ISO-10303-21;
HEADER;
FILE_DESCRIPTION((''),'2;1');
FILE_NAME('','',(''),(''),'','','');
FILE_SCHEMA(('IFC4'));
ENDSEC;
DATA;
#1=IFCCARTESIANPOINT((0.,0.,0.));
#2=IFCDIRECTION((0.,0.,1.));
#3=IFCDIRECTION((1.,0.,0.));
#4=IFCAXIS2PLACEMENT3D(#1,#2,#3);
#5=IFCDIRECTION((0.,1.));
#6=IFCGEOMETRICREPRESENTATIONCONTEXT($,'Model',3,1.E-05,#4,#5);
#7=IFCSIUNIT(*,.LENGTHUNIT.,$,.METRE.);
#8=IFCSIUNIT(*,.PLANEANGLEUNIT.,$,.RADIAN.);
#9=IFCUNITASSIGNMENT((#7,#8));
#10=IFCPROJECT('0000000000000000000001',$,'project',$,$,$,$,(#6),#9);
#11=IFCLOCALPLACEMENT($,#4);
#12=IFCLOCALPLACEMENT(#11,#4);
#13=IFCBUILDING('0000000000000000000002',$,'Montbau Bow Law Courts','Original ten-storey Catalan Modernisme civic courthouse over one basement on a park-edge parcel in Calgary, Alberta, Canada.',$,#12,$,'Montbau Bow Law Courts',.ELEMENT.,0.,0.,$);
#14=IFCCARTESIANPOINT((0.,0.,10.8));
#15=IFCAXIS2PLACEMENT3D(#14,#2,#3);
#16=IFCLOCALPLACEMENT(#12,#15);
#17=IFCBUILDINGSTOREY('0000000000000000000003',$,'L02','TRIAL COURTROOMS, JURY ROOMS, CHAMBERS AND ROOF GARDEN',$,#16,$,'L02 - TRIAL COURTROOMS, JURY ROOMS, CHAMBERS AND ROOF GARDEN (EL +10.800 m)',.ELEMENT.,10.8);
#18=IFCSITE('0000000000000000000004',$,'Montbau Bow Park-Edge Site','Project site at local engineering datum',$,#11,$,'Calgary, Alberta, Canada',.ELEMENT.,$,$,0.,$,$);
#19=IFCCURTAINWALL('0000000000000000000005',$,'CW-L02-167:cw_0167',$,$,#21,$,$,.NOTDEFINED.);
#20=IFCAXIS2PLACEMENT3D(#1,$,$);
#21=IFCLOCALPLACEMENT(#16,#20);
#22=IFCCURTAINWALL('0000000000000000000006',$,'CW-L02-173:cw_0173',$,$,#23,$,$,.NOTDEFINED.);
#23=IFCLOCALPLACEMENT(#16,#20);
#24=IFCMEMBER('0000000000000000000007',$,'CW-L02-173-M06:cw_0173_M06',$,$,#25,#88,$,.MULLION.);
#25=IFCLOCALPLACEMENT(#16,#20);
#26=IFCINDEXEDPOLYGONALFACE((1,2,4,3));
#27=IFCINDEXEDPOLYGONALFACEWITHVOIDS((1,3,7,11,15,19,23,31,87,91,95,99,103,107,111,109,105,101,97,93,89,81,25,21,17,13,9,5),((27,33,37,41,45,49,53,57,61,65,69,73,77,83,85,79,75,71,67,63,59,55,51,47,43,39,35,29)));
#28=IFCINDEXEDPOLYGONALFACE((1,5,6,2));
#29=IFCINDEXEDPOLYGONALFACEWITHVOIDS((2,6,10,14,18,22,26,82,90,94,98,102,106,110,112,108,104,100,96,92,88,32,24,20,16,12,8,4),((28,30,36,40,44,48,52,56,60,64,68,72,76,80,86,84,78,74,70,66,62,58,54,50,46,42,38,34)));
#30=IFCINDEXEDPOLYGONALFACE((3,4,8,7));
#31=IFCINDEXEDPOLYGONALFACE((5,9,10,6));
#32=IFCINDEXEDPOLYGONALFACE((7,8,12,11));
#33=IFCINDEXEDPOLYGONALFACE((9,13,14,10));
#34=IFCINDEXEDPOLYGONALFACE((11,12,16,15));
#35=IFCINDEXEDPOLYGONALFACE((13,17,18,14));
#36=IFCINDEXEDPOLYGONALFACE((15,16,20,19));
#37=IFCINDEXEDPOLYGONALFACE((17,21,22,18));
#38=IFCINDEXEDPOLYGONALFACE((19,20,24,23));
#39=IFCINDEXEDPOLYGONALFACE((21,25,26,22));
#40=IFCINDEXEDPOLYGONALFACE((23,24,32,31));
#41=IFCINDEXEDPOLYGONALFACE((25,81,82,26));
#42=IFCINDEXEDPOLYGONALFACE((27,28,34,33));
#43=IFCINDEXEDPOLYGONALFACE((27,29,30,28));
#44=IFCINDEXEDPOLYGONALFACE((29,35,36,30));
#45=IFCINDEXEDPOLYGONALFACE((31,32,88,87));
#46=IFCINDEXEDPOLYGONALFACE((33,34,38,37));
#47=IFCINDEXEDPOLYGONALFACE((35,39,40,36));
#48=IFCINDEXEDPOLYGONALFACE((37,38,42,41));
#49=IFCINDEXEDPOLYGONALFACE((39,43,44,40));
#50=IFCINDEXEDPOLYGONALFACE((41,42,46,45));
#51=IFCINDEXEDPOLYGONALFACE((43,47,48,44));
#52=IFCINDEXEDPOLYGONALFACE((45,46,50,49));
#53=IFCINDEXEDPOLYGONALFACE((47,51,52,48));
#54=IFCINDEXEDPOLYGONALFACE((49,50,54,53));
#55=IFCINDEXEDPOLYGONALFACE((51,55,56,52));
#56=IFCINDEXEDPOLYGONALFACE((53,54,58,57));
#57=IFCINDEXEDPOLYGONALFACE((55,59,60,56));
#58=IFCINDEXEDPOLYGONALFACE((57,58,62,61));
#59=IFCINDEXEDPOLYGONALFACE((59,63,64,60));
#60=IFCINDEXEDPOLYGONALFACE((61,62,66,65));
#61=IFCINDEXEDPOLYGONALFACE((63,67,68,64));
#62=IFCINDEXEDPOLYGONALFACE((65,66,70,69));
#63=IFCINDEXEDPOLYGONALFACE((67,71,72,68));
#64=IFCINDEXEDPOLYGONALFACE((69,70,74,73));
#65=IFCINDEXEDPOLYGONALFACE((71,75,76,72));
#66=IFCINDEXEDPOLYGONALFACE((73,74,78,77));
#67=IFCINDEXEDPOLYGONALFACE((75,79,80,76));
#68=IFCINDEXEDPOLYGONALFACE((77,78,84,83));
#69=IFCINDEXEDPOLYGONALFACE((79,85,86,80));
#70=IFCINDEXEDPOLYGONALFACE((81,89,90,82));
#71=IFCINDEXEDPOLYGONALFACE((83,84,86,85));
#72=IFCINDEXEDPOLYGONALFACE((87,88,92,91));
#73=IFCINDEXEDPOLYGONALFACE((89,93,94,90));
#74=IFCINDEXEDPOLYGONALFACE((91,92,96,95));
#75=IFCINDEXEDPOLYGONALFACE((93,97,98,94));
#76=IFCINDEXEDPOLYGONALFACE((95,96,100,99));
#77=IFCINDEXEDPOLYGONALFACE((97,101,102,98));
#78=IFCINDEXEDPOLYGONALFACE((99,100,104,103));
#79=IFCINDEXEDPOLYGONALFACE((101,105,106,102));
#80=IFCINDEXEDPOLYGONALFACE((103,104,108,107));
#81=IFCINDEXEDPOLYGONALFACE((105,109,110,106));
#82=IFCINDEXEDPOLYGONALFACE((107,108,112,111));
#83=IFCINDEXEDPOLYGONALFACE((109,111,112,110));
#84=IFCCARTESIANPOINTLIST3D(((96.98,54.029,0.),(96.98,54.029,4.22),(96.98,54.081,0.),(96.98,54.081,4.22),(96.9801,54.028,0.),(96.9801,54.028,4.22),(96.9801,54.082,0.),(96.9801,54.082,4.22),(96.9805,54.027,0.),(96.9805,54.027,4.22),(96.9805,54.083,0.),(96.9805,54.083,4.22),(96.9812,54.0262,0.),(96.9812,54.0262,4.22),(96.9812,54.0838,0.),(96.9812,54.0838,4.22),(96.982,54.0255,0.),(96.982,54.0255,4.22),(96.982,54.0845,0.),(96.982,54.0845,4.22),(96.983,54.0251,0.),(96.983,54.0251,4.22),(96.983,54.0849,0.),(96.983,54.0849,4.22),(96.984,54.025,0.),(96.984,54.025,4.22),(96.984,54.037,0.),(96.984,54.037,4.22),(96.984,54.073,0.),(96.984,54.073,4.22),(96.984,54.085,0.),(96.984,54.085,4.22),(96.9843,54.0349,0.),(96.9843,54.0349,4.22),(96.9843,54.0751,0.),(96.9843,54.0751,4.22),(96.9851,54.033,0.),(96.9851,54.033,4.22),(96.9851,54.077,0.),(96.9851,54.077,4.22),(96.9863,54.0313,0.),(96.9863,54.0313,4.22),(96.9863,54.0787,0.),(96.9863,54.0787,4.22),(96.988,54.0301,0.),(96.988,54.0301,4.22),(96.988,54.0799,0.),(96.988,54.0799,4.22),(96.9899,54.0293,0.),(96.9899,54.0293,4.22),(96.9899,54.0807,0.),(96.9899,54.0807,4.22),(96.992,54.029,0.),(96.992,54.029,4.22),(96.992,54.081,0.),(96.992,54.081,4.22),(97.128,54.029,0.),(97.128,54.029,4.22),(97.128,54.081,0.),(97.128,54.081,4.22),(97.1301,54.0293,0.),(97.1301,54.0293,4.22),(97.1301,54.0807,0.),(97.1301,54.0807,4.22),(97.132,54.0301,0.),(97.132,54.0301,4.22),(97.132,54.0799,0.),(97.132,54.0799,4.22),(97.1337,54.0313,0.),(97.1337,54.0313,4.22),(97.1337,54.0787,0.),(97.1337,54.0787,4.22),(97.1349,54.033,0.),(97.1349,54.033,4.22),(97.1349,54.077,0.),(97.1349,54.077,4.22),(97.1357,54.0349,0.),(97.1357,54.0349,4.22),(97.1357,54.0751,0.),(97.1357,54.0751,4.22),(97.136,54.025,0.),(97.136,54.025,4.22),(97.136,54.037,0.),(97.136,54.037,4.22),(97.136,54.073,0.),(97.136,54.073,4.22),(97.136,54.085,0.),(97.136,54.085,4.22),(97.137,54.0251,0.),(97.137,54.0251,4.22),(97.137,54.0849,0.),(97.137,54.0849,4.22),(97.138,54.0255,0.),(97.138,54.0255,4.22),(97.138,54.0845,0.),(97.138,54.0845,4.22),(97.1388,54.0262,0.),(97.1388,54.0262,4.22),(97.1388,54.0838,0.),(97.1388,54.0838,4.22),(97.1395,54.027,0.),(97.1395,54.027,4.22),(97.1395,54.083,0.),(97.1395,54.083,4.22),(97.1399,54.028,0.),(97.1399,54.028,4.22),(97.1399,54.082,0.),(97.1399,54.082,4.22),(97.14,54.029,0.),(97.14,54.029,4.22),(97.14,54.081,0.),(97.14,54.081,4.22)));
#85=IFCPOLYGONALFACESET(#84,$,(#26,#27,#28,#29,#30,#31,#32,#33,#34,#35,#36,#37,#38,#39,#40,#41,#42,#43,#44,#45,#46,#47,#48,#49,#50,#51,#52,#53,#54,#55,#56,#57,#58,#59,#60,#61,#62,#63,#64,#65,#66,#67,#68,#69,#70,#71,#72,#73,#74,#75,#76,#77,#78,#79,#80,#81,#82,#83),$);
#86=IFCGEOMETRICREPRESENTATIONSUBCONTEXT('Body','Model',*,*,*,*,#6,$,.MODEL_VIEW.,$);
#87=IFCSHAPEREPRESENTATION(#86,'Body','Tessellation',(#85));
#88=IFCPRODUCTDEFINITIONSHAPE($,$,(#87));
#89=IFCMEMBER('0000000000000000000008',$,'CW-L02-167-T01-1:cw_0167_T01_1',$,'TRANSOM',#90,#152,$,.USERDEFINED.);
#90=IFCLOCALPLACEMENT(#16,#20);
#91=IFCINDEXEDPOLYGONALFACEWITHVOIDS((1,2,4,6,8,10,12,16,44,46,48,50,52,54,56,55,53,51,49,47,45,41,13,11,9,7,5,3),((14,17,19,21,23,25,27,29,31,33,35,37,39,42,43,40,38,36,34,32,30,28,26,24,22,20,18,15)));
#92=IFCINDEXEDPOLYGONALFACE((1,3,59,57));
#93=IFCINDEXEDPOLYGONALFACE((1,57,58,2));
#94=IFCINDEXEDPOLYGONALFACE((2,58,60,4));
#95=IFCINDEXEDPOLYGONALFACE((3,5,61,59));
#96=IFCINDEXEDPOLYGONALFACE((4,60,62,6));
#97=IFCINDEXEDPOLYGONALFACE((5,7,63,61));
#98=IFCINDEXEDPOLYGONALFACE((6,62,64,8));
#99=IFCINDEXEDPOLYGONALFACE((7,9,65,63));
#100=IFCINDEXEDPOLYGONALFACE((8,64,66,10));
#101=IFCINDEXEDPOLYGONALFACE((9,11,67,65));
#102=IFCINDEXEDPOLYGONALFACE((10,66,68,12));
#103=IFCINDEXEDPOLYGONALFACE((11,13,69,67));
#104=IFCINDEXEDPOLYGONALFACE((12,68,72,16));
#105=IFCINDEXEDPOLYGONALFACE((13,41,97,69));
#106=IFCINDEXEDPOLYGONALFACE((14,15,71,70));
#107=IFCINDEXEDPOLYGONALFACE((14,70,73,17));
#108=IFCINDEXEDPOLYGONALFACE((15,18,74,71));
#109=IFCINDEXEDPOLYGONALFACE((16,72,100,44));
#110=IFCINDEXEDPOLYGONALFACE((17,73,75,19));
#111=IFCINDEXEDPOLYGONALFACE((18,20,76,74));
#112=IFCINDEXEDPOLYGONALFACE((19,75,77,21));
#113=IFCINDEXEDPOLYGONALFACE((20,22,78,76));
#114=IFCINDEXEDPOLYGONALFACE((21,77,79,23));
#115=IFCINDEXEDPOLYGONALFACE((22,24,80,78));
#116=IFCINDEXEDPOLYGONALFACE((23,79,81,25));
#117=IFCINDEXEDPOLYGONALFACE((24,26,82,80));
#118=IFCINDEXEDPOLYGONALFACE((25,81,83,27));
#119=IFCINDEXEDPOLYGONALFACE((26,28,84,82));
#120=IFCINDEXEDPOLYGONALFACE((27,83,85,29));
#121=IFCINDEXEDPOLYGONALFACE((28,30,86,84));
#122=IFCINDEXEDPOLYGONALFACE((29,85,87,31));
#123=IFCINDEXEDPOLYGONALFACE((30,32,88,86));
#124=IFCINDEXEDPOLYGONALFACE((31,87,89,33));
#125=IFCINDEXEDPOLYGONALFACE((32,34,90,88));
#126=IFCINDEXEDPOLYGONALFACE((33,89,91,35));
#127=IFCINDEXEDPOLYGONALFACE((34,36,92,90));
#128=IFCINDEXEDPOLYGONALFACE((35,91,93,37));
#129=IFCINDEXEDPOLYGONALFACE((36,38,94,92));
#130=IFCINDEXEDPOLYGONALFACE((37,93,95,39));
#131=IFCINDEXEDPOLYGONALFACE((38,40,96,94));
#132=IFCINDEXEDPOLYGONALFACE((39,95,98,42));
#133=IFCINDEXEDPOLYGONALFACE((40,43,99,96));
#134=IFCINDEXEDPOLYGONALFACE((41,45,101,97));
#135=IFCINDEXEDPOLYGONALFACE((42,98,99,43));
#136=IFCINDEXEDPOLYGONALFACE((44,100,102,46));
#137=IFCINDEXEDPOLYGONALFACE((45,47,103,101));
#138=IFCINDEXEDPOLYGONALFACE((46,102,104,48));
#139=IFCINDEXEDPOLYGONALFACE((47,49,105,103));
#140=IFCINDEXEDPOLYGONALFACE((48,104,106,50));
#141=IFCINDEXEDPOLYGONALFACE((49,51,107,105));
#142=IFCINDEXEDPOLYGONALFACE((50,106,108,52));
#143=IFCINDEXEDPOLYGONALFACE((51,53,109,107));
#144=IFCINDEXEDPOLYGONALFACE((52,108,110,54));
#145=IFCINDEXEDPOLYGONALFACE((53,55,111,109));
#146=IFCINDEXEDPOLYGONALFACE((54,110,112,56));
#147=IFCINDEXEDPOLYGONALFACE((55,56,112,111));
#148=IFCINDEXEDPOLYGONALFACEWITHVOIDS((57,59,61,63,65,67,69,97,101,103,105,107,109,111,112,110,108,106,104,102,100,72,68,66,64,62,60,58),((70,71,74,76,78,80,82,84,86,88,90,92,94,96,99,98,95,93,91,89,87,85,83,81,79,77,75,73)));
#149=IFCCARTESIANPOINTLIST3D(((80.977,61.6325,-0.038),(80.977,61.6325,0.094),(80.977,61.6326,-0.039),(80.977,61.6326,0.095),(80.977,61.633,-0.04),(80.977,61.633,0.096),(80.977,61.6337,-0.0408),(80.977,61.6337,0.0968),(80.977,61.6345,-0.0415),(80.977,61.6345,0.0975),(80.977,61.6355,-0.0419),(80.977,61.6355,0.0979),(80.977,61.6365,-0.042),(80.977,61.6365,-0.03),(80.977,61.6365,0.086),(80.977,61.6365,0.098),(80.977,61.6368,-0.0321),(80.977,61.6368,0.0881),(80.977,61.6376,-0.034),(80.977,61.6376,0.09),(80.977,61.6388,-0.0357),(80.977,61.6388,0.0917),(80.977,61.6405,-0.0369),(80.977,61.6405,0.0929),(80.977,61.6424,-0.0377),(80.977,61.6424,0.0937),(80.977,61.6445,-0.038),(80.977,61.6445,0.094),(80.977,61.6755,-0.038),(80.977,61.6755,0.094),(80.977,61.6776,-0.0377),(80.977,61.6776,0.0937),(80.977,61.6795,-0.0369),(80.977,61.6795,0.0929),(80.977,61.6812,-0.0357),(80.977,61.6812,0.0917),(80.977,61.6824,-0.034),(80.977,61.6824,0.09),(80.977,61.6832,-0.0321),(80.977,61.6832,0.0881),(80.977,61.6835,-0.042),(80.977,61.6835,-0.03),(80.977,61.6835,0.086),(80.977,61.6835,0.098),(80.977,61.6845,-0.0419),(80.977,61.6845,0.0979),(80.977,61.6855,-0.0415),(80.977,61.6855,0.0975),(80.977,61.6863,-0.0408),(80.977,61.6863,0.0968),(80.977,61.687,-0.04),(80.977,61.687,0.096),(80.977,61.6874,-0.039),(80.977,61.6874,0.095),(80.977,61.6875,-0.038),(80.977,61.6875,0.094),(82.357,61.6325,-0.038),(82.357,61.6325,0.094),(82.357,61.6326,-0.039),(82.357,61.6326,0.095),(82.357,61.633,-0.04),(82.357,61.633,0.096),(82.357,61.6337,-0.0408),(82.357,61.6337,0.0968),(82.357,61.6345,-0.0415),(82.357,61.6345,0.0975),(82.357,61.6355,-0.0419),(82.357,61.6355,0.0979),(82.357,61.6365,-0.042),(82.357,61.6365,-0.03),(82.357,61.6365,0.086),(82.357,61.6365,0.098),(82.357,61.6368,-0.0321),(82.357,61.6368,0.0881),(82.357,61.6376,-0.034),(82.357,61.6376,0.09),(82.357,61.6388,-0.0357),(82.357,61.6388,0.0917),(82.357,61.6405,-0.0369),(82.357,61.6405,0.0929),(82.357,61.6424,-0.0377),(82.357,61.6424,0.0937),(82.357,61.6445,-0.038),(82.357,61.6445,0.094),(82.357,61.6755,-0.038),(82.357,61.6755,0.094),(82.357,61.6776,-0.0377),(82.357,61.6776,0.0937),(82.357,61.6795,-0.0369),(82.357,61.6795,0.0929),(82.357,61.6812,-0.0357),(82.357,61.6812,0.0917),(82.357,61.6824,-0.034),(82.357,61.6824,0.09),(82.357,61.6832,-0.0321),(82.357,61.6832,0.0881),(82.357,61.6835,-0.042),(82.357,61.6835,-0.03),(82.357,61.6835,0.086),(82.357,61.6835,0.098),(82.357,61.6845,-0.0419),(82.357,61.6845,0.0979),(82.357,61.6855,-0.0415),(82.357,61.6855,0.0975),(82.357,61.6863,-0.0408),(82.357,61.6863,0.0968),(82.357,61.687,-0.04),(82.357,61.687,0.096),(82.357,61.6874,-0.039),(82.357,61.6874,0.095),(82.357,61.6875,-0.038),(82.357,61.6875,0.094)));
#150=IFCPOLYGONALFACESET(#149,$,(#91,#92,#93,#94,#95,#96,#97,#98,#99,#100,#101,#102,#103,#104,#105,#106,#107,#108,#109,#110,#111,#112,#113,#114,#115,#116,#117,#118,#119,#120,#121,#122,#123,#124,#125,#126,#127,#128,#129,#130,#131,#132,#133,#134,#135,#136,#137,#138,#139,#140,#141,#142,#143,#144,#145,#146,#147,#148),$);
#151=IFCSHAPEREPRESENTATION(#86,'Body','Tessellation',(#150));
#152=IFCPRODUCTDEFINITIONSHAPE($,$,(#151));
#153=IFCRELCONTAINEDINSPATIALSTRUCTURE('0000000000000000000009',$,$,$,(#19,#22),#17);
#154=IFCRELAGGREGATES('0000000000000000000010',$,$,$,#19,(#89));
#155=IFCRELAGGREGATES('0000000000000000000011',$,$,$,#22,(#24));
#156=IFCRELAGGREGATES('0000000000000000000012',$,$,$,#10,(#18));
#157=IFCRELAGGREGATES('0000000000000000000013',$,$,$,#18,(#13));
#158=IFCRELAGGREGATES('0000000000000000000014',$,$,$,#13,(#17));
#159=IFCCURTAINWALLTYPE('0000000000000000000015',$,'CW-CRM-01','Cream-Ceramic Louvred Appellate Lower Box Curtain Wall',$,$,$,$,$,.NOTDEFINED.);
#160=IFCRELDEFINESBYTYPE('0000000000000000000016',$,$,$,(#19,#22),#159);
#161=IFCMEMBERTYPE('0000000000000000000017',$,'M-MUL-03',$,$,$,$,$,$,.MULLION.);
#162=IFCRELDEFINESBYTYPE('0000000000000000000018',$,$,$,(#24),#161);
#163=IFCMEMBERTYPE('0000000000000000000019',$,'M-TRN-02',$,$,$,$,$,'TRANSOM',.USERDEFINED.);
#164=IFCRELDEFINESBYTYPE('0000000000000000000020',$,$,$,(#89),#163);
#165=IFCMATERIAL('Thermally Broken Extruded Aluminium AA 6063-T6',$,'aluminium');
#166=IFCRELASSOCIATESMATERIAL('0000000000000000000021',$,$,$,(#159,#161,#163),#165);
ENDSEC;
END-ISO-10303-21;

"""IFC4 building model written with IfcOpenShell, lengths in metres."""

from ifc_helpers import new_model, si_unit, direction, frame, origin_with_axes, origin_2d_with_axis, place, context, subcontext, project, spatial, hollow_rectangle, extrude, material, material_profile, profile_set, type_object, element, aggregate, save


model = new_model("IFC4")

# Units and contexts
model_context = context("Model", 3, precision=1e-05, world=origin_with_axes(), true_north=direction((0.0, 1.0)))
body_context = subcontext(model_context, "Body", "Model", "MODEL_VIEW")
ifc_project = project(units=[si_unit("LENGTHUNIT", "METRE"), si_unit("PLANEANGLEUNIT", "RADIAN")], contexts=[model_context])

# Site, building, storey
site_placement = place(None, origin_with_axes())
site = spatial("IfcSite", under=ifc_project, at=site_placement, Name="Montbau Bow Park-Edge Site", Description="Project site at local engineering datum", LongName="Calgary, Alberta, Canada", CompositionType="ELEMENT", RefElevation=0.0)
building_placement = place(site_placement, origin_with_axes())
building = spatial("IfcBuilding", under=site, at=building_placement, Name="Montbau Bow Law Courts", Description="Original ten-storey Catalan Modernisme civic courthouse over one basement on a park-edge parcel in Calgary, Alberta, Canada.", LongName="Montbau Bow Law Courts", CompositionType="ELEMENT", ElevationOfRefHeight=0.0, ElevationOfTerrain=0.0)
storey_placement = place(building_placement, frame((0.0, 0.0, 10.8), z_axis=(0.0, 0.0, 1.0), x_axis=(1.0, 0.0, 0.0)))
storey = spatial("IfcBuildingStorey", under=building, at=storey_placement, Name="L02", Description="TRIAL COURTROOMS, JURY ROOMS, CHAMBERS AND ROOF GARDEN", LongName="L02 - TRIAL COURTROOMS, JURY ROOMS, CHAMBERS AND ROOF GARDEN (EL +10.800 m)", CompositionType="ELEMENT", Elevation=10.8)

# Curtain wall
ifc_material_1 = material(Name="Thermally Broken Extruded Aluminium AA 6063-T6", Category="aluminium")
curtain_wall_type = type_object("IfcCurtainWallType", Name="CW-CRM-01", Description="Cream-Ceramic Louvred Appellate Lower Box Curtain Wall", PredefinedType="NOTDEFINED", material=ifc_material_1)
curtain_wall_1_placement = place(None, frame((80.915, 61.66, 10.8), z_axis=(0.0, 0.0, 1.0), x_axis=(1.0, 0.0, 0.0)))
curtain_wall_1 = element("IfcCurtainWall", 1, at=curtain_wall_1_placement, inside=storey, type_object=curtain_wall_type, Name="CW-L02-167:cw_0167", PredefinedType="NOTDEFINED")
ifc_material_profile_1 = material_profile(ifc_material_1, hollow_rectangle(XDim=0.06, YDim=0.16, WallThickness=0.004, InnerFilletRadius=0.008, OuterFilletRadius=0.004, at=origin_2d_with_axis()), Name="CWM-160X60", Category="Main", Priority=0)
ifc_profile_set_1 = profile_set([ifc_material_profile_1], Name="Thermally Broken Extruded Aluminium AA 6063-T6")
member_type_1 = type_object("IfcMemberType", Name="M-MUL-03", PredefinedType="MULLION", material=ifc_profile_set_1)

# Curtain wall, member
curtain_wall_2_placement = place(None, frame((97.06, 46.715, 10.8), z_axis=(0.0, 0.0, 1.0), x_axis=(1.0, 0.0, 0.0)))
curtain_wall_2 = element("IfcCurtainWall", 2, at=curtain_wall_2_placement, inside=storey, type_object=curtain_wall_type, Name="CW-L02-173:cw_0173", PredefinedType="NOTDEFINED")
member_1_placement = place(None, frame((97.06, 54.055, 10.8), z_axis=(0.0, 0.0, 1.0), x_axis=(0.0, 1.0, 0.0)))
member_1 = element("IfcMember", 3, at=member_1_placement, type_object=member_type_1, Name="CW-L02-173-M06:cw_0173_M06", PredefinedType="MULLION", context=body_context, shape_type="SweptSolid", body=[
    extrude(hollow_rectangle(XDim=0.06, YDim=0.16, WallThickness=0.004, InnerFilletRadius=0.008, OuterFilletRadius=0.004, at=origin_2d_with_axis()), origin_with_axes(), (0.0, 0.0, 1.0), 4.22),
])

# Member
ifc_material_profile_2 = material_profile(ifc_material_1, hollow_rectangle(XDim=0.055, YDim=0.14, WallThickness=0.004, InnerFilletRadius=0.008, OuterFilletRadius=0.004, at=origin_2d_with_axis()), Name="CWT-140X55", Category="Main", Priority=0)
ifc_profile_set_2 = profile_set([ifc_material_profile_2], Name="Thermally Broken Extruded Aluminium AA 6063-T6")
member_type_2 = type_object("IfcMemberType", Name="M-TRN-02", ElementType="TRANSOM", PredefinedType="USERDEFINED", material=ifc_profile_set_2)
member_2_placement = place(None, frame((80.977, 61.66, 10.828), z_axis=(1.0, 0.0, 0.0), x_axis=(0.0, 1.0, 0.0)))
member_2 = element("IfcMember", 4, at=member_2_placement, type_object=member_type_2, Name="CW-L02-167-T01-1:cw_0167_T01_1", ObjectType="TRANSOM", PredefinedType="USERDEFINED", context=body_context, shape_type="SweptSolid", body=[
    extrude(hollow_rectangle(XDim=0.055, YDim=0.14, WallThickness=0.004, InnerFilletRadius=0.008, OuterFilletRadius=0.004, at=origin_2d_with_axis()), origin_with_axes(), (0.0, 0.0, 1.0), 1.38),
])

aggregate(curtain_wall_1, [member_2])
aggregate(curtain_wall_2, [member_1])

save(model, "model.ifc")
